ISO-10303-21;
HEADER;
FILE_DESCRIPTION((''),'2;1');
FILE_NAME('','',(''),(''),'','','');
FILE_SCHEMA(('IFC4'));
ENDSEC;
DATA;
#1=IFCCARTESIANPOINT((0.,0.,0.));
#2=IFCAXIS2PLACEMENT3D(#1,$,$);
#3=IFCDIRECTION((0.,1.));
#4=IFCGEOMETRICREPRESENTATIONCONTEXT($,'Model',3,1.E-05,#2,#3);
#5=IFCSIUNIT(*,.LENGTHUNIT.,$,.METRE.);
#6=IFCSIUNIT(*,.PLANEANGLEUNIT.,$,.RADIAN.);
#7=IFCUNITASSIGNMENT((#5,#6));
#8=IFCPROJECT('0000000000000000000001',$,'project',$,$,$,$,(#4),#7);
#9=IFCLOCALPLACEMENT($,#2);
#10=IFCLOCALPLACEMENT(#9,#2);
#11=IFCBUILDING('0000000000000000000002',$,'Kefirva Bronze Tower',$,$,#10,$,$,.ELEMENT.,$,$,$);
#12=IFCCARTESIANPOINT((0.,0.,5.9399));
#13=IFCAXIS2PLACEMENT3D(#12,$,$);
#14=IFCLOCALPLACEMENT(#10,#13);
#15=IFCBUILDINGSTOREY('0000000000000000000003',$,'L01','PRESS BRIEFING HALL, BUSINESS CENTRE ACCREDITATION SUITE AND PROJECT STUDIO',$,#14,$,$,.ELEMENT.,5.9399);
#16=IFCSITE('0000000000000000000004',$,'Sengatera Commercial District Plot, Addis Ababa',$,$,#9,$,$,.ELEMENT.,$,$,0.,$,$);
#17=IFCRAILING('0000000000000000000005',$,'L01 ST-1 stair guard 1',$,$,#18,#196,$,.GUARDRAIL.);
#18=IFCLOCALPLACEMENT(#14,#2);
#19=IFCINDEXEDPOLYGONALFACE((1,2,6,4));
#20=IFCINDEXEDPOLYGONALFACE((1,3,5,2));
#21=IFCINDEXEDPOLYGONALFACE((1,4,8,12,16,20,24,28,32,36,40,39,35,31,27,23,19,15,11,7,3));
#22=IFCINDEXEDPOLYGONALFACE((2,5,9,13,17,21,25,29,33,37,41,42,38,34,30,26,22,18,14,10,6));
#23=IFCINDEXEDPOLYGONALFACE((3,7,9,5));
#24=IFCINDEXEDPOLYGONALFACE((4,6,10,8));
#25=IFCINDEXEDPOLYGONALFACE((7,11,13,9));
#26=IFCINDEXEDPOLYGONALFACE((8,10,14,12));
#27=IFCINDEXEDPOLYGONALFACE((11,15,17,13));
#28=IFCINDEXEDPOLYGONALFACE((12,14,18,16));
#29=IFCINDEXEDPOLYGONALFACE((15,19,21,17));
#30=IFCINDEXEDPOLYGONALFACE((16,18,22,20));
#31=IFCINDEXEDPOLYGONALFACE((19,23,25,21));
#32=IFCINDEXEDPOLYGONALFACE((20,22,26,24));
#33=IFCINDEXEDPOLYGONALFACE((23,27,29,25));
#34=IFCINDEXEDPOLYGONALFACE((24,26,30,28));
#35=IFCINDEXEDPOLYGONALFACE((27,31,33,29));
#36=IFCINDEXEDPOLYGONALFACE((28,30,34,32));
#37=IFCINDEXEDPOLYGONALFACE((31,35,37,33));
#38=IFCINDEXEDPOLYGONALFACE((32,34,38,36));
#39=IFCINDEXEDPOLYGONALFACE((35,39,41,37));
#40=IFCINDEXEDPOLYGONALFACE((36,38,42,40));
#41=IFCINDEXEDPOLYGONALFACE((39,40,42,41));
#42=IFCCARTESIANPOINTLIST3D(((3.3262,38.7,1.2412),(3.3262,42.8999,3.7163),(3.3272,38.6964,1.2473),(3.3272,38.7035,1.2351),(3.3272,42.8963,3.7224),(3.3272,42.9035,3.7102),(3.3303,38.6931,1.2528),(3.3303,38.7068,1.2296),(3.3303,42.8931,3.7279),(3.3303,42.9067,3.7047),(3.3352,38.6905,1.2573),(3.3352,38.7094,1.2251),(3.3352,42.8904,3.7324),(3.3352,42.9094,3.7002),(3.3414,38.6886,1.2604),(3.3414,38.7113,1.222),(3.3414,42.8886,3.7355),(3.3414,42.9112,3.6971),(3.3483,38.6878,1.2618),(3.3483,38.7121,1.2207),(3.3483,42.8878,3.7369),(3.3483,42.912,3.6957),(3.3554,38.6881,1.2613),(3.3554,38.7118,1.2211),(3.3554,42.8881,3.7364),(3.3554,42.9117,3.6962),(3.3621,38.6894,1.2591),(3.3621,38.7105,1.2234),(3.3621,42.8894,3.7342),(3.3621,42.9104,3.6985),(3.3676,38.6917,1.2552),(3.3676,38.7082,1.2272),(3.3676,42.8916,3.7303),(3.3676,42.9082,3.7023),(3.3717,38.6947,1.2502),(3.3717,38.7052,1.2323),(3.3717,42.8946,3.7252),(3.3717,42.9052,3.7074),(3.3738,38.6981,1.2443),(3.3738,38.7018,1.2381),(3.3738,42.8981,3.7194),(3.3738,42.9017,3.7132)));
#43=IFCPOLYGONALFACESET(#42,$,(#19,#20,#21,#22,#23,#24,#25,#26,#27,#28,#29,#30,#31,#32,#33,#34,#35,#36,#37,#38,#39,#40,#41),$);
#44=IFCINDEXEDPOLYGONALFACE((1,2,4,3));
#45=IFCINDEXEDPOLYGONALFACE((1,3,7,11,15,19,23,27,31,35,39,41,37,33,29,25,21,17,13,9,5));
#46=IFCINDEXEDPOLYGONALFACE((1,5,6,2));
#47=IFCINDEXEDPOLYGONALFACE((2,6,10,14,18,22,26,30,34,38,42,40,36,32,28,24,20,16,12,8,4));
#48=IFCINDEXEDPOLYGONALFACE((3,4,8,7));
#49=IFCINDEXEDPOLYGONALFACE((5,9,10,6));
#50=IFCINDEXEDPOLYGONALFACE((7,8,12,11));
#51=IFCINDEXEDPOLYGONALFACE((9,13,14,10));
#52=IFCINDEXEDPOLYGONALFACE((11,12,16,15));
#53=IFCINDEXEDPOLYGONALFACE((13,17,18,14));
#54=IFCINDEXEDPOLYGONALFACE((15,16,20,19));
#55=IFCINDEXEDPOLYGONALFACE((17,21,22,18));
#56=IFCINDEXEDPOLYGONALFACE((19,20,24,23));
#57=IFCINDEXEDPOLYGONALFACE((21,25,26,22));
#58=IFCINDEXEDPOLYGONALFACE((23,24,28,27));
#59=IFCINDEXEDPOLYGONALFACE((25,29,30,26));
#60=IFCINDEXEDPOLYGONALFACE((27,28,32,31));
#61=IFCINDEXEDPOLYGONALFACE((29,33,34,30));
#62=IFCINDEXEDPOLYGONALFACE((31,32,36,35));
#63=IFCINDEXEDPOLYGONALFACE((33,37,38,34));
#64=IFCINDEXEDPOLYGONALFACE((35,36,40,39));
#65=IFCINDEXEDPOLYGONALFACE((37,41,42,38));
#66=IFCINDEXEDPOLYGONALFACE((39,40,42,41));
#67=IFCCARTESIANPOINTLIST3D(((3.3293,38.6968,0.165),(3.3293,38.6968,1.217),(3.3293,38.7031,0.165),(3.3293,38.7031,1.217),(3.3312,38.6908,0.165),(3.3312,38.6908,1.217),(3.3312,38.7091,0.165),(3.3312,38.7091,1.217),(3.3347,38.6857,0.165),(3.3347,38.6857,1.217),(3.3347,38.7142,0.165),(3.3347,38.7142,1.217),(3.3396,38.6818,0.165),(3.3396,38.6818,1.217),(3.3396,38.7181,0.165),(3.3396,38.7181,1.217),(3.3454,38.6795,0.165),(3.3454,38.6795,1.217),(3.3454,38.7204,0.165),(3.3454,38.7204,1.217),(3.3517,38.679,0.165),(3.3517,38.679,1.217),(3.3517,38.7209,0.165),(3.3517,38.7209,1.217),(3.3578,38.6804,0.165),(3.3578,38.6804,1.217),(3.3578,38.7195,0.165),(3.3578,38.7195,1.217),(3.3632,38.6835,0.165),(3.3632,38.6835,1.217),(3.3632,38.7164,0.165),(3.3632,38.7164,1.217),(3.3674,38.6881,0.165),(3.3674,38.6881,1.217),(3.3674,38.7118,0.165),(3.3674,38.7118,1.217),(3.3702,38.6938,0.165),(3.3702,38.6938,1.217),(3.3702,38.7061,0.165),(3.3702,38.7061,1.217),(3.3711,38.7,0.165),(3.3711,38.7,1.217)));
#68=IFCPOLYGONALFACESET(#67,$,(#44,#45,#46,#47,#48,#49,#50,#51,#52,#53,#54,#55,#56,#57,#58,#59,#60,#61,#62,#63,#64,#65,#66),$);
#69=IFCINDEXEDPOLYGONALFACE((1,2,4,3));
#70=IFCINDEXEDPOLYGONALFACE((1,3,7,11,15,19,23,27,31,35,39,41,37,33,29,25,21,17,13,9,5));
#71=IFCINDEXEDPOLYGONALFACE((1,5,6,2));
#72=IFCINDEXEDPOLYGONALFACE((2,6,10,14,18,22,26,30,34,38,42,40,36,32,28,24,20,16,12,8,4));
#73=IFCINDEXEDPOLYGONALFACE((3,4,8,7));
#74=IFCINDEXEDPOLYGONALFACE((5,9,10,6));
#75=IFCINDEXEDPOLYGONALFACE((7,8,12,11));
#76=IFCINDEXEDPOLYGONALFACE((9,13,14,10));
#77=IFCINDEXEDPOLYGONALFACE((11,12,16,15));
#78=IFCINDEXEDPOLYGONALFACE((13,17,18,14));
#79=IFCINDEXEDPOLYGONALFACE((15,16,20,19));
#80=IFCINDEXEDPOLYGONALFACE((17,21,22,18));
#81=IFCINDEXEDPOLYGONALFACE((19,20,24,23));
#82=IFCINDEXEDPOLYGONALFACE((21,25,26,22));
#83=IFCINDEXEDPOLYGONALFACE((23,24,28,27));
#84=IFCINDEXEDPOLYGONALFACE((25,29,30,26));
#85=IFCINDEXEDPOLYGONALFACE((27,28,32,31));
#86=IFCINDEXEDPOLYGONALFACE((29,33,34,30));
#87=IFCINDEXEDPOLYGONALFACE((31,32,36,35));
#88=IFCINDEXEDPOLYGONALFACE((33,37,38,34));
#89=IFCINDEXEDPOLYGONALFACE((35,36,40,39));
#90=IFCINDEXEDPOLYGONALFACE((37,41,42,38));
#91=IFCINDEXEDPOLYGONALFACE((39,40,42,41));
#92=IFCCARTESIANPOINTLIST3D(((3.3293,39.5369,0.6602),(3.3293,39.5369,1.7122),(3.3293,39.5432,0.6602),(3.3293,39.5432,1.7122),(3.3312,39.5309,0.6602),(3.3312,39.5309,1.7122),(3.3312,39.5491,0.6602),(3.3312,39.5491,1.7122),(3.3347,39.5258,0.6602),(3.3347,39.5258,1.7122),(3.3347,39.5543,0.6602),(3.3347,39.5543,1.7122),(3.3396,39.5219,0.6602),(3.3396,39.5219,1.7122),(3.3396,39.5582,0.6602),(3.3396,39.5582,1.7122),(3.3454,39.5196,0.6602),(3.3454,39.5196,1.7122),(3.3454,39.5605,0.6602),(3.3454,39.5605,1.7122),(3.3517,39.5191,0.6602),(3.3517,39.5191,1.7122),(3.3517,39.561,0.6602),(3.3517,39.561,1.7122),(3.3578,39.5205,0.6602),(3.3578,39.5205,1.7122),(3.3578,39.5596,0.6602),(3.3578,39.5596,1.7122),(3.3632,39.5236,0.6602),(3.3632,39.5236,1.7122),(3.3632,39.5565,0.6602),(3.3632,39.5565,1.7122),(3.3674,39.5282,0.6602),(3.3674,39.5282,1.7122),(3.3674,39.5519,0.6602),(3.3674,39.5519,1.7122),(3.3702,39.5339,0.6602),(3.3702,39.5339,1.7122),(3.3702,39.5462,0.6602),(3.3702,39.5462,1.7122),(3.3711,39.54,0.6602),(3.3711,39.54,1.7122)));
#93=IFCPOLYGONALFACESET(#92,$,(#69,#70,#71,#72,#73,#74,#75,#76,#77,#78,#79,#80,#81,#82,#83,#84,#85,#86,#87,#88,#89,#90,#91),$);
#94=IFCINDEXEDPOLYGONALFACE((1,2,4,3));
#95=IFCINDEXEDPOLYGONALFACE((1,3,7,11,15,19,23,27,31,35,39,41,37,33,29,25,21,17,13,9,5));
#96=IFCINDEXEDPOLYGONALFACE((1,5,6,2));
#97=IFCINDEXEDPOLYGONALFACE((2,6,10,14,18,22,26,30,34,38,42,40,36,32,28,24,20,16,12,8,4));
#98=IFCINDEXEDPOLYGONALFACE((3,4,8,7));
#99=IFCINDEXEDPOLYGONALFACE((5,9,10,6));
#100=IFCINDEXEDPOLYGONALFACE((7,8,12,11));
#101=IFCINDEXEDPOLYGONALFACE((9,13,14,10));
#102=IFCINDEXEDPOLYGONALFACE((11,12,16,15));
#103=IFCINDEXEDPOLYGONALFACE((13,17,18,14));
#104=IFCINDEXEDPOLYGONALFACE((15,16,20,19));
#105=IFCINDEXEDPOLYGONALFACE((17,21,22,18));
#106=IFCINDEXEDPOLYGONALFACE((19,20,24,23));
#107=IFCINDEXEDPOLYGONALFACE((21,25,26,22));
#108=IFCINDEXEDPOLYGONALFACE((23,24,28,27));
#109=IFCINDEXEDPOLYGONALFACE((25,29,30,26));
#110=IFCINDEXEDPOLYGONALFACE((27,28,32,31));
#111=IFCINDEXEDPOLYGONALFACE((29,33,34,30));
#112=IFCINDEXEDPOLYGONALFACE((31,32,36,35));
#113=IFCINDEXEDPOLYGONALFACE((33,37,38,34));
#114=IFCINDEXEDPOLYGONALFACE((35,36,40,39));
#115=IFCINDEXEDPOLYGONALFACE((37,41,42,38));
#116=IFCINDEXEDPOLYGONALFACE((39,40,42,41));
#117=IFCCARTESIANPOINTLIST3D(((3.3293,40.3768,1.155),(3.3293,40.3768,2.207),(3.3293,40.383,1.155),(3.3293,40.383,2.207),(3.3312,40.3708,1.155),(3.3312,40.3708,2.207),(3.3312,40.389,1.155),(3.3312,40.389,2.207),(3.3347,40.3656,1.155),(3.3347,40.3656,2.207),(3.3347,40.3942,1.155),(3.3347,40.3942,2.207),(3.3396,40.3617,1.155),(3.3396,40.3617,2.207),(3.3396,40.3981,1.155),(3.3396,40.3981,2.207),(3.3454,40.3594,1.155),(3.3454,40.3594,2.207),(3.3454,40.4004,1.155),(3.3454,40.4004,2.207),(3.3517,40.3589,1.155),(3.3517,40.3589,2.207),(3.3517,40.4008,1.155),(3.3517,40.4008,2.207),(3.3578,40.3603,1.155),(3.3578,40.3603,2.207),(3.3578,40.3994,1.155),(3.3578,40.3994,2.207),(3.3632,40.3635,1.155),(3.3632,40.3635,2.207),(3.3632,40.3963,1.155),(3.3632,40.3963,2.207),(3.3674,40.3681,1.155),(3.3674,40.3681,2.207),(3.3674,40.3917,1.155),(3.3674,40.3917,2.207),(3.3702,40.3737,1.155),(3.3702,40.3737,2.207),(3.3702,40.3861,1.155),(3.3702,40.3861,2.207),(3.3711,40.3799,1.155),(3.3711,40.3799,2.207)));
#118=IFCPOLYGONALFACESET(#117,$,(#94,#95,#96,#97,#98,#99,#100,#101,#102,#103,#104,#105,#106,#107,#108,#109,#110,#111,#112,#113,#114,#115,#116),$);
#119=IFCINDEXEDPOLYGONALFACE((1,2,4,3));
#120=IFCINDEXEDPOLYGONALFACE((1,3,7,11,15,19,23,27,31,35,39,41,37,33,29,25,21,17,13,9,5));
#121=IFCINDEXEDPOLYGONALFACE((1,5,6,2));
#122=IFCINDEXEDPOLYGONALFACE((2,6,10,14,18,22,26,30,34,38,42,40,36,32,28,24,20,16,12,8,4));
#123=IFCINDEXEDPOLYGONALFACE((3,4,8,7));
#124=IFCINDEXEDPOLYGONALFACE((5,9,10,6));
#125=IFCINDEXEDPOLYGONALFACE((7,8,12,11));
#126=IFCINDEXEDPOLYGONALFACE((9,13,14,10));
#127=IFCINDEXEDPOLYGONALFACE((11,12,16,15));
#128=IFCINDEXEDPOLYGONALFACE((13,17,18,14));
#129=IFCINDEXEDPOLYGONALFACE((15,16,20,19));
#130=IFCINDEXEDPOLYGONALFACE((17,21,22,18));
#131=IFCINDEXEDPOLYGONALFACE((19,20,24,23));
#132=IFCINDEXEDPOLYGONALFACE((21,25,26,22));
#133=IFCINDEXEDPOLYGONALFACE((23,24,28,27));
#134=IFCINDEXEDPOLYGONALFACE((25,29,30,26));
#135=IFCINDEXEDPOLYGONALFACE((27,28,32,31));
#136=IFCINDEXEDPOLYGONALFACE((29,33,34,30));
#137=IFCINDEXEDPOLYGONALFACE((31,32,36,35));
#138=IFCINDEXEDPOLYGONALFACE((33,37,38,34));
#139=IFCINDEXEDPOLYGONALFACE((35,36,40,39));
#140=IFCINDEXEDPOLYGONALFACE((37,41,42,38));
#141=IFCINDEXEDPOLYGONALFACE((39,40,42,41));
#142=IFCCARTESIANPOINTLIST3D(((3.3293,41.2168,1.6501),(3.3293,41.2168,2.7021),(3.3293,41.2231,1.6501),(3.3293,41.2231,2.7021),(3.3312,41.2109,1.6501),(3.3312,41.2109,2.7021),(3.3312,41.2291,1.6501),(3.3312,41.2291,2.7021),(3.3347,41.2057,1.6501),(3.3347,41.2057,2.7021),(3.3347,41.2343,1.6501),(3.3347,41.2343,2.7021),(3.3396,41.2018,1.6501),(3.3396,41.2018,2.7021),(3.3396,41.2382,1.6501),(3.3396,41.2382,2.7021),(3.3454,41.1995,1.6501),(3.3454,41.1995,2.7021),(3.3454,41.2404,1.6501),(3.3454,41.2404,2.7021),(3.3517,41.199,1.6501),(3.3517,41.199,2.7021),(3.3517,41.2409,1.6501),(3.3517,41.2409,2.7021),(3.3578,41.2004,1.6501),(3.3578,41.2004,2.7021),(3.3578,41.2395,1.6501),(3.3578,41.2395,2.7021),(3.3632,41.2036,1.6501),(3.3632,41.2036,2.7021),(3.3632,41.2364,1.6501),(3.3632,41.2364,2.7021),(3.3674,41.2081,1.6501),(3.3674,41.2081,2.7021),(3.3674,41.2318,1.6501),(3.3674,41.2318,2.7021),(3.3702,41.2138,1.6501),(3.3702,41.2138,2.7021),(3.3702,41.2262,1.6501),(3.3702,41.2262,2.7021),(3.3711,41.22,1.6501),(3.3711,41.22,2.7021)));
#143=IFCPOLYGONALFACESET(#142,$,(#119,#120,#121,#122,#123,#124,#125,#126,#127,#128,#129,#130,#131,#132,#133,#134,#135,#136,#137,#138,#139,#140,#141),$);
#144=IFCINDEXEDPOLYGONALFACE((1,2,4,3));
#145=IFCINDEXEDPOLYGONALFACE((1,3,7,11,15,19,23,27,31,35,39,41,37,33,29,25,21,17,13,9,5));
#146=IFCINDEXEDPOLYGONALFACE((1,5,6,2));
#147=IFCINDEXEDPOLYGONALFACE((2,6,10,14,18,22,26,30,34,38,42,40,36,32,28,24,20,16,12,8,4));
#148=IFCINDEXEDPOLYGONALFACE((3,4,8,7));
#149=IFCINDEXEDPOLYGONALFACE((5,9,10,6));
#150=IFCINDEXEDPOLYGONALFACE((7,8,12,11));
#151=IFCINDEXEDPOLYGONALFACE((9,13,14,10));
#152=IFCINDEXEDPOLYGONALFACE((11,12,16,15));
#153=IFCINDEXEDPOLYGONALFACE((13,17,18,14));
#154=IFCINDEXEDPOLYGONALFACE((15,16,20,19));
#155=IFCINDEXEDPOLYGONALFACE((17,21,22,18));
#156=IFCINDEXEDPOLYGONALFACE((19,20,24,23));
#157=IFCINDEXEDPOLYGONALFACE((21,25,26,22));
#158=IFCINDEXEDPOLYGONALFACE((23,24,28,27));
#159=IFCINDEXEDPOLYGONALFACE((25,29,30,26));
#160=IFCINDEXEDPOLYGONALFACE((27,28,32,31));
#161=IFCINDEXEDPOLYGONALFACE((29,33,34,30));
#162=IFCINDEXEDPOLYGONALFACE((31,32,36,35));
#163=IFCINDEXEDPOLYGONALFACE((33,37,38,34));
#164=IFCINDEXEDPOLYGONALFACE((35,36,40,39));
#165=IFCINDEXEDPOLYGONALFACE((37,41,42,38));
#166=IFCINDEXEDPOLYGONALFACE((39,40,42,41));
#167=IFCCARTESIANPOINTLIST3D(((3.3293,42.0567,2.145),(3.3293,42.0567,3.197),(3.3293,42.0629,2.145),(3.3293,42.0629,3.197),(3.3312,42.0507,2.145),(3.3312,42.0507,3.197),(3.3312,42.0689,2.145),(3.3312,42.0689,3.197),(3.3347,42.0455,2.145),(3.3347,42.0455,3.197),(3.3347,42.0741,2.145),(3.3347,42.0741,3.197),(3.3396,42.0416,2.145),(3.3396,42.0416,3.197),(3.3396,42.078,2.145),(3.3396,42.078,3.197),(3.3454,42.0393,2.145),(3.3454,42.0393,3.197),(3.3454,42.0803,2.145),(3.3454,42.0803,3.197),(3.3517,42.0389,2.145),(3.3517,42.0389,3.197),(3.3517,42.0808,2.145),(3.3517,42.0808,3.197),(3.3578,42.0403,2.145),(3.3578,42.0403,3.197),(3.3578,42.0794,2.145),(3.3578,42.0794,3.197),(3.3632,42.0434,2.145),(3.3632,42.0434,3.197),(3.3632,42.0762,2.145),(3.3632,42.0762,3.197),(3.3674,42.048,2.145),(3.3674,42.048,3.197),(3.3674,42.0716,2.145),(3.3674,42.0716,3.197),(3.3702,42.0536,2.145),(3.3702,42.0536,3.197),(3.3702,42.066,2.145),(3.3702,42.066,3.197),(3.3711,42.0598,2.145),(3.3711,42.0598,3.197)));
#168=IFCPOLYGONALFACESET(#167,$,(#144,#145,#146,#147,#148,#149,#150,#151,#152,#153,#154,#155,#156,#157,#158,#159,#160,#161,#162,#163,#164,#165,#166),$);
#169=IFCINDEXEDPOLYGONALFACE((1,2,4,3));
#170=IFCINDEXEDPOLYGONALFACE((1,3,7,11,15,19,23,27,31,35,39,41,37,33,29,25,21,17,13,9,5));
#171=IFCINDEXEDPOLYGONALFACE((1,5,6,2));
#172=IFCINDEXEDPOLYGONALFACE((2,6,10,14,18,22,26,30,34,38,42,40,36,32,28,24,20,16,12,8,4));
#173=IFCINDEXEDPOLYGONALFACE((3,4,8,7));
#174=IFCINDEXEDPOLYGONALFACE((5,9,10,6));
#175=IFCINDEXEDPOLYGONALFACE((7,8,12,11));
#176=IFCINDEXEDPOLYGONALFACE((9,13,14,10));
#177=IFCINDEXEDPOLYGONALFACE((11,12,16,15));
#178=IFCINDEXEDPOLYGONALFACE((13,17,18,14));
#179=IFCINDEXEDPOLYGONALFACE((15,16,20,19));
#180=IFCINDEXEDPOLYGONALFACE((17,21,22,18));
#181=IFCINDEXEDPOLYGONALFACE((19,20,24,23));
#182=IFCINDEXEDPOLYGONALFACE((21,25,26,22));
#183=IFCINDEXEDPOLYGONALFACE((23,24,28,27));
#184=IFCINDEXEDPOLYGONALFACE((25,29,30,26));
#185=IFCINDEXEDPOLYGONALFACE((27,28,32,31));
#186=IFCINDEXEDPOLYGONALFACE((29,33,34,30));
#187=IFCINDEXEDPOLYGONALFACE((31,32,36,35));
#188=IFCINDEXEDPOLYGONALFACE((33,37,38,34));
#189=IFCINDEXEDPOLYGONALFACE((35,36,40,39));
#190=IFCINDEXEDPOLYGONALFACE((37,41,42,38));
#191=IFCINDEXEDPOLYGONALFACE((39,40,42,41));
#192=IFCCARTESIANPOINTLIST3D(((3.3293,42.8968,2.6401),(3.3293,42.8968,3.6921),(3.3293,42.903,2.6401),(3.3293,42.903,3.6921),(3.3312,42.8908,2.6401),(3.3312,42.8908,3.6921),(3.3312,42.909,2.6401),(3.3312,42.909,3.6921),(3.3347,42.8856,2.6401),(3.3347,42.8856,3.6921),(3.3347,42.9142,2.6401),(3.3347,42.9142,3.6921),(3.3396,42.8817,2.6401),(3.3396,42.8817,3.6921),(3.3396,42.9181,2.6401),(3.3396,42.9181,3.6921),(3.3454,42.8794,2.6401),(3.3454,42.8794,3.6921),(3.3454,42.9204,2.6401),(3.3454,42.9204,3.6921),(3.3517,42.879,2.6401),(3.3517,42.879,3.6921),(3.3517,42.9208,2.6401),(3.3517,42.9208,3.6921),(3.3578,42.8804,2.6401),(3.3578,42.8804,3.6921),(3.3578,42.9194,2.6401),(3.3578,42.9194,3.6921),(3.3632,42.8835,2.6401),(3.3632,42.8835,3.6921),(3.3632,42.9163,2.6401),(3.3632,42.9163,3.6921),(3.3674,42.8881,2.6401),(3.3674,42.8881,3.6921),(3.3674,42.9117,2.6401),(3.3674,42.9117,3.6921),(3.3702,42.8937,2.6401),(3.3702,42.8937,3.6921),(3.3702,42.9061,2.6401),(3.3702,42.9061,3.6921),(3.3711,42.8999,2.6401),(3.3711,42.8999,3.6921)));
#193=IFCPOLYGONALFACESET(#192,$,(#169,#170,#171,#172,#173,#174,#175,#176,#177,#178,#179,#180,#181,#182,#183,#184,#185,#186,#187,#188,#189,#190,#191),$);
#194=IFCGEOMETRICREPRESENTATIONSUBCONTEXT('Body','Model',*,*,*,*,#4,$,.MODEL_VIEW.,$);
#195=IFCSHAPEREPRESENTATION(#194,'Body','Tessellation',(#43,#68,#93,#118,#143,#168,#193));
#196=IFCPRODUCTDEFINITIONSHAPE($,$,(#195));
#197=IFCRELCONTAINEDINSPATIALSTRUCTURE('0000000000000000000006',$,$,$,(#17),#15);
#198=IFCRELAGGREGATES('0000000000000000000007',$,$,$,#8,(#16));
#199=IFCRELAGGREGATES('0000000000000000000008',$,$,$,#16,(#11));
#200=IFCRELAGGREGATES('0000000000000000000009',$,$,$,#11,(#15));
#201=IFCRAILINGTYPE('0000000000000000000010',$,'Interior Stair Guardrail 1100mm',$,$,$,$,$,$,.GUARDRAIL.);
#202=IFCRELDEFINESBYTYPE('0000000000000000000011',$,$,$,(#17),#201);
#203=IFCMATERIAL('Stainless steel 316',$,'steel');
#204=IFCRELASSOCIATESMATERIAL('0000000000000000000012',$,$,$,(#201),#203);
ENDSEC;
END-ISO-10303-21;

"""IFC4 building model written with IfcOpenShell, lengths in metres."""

from ifc_helpers import new_model, si_unit, direction, frame, origin, origin_2d, place, context, subcontext, project, spatial, circle, extrude, material, type_object, element, save


model = new_model("IFC4")

# Units and contexts
model_context = context("Model", 3, precision=1e-05, world=origin(), true_north=direction((0.0, 1.0)))
body_context = subcontext(model_context, "Body", "Model", "MODEL_VIEW")
ifc_project = project(units=[si_unit("LENGTHUNIT", "METRE"), si_unit("PLANEANGLEUNIT", "RADIAN")], contexts=[model_context])

# Site, building, storey
site_placement = place(None, origin())
site = spatial("IfcSite", under=ifc_project, at=site_placement, Name="Sengatera Commercial District Plot, Addis Ababa", CompositionType="ELEMENT", RefElevation=0.0)
building_placement = place(site_placement, origin())
building = spatial("IfcBuilding", under=site, at=building_placement, Name="Kefirva Bronze Tower", CompositionType="ELEMENT")
storey_placement = place(building_placement, frame((0.0, 0.0, 5.9399)))
storey = spatial("IfcBuildingStorey", under=building, at=storey_placement, Name="L01", Description="PRESS BRIEFING HALL, BUSINESS CENTRE ACCREDITATION SUITE AND PROJECT STUDIO", CompositionType="ELEMENT", Elevation=5.9399)

# Shared definitions
ifc_material_1 = material(Name="Stainless steel 316", Category="steel")

# Railing
railing_type_1 = type_object("IfcRailingType", Name="Interior Stair Guardrail 1100mm", PredefinedType="GUARDRAIL", material=ifc_material_1)
railing_1_placement = place(storey_placement, frame((3.3501, 38.7, 0.165)))
element("IfcRailing", 1, at=railing_1_placement, inside=storey, type_object=railing_type_1, Name="L01 ST-1 stair guard 1", PredefinedType="GUARDRAIL", context=body_context, shape_type="SweptSolid", body=[
    extrude(circle(Radius=0.0239, at=origin_2d()), frame((0.0, 0.0, 1.0762), z_axis=(0.0, 0.861527, 0.507712), x_axis=(-1.0, 0.0, 0.0)), (0.0, 0.0, 1.0), 4.875),
    extrude(circle(Radius=0.021, at=origin_2d()), origin(), (0.0, 0.0, 1.0), 1.052),
    extrude(circle(Radius=0.021, at=origin_2d()), frame((0.0, 0.8401, 0.4951)), (0.0, 0.0, 1.0), 1.052),
    extrude(circle(Radius=0.021, at=origin_2d()), frame((0.0, 1.6799, 0.99)), (0.0, 0.0, 1.0), 1.052),
    extrude(circle(Radius=0.021, at=origin_2d()), frame((0.0, 2.52, 1.4851)), (0.0, 0.0, 1.0), 1.052),
    extrude(circle(Radius=0.021, at=origin_2d()), frame((0.0, 3.3599, 1.98)), (0.0, 0.0, 1.0), 1.052),
    extrude(circle(Radius=0.021, at=origin_2d()), frame((0.0, 4.2, 2.4751)), (0.0, 0.0, 1.0), 1.052),
])

save(model, "model.ifc")
